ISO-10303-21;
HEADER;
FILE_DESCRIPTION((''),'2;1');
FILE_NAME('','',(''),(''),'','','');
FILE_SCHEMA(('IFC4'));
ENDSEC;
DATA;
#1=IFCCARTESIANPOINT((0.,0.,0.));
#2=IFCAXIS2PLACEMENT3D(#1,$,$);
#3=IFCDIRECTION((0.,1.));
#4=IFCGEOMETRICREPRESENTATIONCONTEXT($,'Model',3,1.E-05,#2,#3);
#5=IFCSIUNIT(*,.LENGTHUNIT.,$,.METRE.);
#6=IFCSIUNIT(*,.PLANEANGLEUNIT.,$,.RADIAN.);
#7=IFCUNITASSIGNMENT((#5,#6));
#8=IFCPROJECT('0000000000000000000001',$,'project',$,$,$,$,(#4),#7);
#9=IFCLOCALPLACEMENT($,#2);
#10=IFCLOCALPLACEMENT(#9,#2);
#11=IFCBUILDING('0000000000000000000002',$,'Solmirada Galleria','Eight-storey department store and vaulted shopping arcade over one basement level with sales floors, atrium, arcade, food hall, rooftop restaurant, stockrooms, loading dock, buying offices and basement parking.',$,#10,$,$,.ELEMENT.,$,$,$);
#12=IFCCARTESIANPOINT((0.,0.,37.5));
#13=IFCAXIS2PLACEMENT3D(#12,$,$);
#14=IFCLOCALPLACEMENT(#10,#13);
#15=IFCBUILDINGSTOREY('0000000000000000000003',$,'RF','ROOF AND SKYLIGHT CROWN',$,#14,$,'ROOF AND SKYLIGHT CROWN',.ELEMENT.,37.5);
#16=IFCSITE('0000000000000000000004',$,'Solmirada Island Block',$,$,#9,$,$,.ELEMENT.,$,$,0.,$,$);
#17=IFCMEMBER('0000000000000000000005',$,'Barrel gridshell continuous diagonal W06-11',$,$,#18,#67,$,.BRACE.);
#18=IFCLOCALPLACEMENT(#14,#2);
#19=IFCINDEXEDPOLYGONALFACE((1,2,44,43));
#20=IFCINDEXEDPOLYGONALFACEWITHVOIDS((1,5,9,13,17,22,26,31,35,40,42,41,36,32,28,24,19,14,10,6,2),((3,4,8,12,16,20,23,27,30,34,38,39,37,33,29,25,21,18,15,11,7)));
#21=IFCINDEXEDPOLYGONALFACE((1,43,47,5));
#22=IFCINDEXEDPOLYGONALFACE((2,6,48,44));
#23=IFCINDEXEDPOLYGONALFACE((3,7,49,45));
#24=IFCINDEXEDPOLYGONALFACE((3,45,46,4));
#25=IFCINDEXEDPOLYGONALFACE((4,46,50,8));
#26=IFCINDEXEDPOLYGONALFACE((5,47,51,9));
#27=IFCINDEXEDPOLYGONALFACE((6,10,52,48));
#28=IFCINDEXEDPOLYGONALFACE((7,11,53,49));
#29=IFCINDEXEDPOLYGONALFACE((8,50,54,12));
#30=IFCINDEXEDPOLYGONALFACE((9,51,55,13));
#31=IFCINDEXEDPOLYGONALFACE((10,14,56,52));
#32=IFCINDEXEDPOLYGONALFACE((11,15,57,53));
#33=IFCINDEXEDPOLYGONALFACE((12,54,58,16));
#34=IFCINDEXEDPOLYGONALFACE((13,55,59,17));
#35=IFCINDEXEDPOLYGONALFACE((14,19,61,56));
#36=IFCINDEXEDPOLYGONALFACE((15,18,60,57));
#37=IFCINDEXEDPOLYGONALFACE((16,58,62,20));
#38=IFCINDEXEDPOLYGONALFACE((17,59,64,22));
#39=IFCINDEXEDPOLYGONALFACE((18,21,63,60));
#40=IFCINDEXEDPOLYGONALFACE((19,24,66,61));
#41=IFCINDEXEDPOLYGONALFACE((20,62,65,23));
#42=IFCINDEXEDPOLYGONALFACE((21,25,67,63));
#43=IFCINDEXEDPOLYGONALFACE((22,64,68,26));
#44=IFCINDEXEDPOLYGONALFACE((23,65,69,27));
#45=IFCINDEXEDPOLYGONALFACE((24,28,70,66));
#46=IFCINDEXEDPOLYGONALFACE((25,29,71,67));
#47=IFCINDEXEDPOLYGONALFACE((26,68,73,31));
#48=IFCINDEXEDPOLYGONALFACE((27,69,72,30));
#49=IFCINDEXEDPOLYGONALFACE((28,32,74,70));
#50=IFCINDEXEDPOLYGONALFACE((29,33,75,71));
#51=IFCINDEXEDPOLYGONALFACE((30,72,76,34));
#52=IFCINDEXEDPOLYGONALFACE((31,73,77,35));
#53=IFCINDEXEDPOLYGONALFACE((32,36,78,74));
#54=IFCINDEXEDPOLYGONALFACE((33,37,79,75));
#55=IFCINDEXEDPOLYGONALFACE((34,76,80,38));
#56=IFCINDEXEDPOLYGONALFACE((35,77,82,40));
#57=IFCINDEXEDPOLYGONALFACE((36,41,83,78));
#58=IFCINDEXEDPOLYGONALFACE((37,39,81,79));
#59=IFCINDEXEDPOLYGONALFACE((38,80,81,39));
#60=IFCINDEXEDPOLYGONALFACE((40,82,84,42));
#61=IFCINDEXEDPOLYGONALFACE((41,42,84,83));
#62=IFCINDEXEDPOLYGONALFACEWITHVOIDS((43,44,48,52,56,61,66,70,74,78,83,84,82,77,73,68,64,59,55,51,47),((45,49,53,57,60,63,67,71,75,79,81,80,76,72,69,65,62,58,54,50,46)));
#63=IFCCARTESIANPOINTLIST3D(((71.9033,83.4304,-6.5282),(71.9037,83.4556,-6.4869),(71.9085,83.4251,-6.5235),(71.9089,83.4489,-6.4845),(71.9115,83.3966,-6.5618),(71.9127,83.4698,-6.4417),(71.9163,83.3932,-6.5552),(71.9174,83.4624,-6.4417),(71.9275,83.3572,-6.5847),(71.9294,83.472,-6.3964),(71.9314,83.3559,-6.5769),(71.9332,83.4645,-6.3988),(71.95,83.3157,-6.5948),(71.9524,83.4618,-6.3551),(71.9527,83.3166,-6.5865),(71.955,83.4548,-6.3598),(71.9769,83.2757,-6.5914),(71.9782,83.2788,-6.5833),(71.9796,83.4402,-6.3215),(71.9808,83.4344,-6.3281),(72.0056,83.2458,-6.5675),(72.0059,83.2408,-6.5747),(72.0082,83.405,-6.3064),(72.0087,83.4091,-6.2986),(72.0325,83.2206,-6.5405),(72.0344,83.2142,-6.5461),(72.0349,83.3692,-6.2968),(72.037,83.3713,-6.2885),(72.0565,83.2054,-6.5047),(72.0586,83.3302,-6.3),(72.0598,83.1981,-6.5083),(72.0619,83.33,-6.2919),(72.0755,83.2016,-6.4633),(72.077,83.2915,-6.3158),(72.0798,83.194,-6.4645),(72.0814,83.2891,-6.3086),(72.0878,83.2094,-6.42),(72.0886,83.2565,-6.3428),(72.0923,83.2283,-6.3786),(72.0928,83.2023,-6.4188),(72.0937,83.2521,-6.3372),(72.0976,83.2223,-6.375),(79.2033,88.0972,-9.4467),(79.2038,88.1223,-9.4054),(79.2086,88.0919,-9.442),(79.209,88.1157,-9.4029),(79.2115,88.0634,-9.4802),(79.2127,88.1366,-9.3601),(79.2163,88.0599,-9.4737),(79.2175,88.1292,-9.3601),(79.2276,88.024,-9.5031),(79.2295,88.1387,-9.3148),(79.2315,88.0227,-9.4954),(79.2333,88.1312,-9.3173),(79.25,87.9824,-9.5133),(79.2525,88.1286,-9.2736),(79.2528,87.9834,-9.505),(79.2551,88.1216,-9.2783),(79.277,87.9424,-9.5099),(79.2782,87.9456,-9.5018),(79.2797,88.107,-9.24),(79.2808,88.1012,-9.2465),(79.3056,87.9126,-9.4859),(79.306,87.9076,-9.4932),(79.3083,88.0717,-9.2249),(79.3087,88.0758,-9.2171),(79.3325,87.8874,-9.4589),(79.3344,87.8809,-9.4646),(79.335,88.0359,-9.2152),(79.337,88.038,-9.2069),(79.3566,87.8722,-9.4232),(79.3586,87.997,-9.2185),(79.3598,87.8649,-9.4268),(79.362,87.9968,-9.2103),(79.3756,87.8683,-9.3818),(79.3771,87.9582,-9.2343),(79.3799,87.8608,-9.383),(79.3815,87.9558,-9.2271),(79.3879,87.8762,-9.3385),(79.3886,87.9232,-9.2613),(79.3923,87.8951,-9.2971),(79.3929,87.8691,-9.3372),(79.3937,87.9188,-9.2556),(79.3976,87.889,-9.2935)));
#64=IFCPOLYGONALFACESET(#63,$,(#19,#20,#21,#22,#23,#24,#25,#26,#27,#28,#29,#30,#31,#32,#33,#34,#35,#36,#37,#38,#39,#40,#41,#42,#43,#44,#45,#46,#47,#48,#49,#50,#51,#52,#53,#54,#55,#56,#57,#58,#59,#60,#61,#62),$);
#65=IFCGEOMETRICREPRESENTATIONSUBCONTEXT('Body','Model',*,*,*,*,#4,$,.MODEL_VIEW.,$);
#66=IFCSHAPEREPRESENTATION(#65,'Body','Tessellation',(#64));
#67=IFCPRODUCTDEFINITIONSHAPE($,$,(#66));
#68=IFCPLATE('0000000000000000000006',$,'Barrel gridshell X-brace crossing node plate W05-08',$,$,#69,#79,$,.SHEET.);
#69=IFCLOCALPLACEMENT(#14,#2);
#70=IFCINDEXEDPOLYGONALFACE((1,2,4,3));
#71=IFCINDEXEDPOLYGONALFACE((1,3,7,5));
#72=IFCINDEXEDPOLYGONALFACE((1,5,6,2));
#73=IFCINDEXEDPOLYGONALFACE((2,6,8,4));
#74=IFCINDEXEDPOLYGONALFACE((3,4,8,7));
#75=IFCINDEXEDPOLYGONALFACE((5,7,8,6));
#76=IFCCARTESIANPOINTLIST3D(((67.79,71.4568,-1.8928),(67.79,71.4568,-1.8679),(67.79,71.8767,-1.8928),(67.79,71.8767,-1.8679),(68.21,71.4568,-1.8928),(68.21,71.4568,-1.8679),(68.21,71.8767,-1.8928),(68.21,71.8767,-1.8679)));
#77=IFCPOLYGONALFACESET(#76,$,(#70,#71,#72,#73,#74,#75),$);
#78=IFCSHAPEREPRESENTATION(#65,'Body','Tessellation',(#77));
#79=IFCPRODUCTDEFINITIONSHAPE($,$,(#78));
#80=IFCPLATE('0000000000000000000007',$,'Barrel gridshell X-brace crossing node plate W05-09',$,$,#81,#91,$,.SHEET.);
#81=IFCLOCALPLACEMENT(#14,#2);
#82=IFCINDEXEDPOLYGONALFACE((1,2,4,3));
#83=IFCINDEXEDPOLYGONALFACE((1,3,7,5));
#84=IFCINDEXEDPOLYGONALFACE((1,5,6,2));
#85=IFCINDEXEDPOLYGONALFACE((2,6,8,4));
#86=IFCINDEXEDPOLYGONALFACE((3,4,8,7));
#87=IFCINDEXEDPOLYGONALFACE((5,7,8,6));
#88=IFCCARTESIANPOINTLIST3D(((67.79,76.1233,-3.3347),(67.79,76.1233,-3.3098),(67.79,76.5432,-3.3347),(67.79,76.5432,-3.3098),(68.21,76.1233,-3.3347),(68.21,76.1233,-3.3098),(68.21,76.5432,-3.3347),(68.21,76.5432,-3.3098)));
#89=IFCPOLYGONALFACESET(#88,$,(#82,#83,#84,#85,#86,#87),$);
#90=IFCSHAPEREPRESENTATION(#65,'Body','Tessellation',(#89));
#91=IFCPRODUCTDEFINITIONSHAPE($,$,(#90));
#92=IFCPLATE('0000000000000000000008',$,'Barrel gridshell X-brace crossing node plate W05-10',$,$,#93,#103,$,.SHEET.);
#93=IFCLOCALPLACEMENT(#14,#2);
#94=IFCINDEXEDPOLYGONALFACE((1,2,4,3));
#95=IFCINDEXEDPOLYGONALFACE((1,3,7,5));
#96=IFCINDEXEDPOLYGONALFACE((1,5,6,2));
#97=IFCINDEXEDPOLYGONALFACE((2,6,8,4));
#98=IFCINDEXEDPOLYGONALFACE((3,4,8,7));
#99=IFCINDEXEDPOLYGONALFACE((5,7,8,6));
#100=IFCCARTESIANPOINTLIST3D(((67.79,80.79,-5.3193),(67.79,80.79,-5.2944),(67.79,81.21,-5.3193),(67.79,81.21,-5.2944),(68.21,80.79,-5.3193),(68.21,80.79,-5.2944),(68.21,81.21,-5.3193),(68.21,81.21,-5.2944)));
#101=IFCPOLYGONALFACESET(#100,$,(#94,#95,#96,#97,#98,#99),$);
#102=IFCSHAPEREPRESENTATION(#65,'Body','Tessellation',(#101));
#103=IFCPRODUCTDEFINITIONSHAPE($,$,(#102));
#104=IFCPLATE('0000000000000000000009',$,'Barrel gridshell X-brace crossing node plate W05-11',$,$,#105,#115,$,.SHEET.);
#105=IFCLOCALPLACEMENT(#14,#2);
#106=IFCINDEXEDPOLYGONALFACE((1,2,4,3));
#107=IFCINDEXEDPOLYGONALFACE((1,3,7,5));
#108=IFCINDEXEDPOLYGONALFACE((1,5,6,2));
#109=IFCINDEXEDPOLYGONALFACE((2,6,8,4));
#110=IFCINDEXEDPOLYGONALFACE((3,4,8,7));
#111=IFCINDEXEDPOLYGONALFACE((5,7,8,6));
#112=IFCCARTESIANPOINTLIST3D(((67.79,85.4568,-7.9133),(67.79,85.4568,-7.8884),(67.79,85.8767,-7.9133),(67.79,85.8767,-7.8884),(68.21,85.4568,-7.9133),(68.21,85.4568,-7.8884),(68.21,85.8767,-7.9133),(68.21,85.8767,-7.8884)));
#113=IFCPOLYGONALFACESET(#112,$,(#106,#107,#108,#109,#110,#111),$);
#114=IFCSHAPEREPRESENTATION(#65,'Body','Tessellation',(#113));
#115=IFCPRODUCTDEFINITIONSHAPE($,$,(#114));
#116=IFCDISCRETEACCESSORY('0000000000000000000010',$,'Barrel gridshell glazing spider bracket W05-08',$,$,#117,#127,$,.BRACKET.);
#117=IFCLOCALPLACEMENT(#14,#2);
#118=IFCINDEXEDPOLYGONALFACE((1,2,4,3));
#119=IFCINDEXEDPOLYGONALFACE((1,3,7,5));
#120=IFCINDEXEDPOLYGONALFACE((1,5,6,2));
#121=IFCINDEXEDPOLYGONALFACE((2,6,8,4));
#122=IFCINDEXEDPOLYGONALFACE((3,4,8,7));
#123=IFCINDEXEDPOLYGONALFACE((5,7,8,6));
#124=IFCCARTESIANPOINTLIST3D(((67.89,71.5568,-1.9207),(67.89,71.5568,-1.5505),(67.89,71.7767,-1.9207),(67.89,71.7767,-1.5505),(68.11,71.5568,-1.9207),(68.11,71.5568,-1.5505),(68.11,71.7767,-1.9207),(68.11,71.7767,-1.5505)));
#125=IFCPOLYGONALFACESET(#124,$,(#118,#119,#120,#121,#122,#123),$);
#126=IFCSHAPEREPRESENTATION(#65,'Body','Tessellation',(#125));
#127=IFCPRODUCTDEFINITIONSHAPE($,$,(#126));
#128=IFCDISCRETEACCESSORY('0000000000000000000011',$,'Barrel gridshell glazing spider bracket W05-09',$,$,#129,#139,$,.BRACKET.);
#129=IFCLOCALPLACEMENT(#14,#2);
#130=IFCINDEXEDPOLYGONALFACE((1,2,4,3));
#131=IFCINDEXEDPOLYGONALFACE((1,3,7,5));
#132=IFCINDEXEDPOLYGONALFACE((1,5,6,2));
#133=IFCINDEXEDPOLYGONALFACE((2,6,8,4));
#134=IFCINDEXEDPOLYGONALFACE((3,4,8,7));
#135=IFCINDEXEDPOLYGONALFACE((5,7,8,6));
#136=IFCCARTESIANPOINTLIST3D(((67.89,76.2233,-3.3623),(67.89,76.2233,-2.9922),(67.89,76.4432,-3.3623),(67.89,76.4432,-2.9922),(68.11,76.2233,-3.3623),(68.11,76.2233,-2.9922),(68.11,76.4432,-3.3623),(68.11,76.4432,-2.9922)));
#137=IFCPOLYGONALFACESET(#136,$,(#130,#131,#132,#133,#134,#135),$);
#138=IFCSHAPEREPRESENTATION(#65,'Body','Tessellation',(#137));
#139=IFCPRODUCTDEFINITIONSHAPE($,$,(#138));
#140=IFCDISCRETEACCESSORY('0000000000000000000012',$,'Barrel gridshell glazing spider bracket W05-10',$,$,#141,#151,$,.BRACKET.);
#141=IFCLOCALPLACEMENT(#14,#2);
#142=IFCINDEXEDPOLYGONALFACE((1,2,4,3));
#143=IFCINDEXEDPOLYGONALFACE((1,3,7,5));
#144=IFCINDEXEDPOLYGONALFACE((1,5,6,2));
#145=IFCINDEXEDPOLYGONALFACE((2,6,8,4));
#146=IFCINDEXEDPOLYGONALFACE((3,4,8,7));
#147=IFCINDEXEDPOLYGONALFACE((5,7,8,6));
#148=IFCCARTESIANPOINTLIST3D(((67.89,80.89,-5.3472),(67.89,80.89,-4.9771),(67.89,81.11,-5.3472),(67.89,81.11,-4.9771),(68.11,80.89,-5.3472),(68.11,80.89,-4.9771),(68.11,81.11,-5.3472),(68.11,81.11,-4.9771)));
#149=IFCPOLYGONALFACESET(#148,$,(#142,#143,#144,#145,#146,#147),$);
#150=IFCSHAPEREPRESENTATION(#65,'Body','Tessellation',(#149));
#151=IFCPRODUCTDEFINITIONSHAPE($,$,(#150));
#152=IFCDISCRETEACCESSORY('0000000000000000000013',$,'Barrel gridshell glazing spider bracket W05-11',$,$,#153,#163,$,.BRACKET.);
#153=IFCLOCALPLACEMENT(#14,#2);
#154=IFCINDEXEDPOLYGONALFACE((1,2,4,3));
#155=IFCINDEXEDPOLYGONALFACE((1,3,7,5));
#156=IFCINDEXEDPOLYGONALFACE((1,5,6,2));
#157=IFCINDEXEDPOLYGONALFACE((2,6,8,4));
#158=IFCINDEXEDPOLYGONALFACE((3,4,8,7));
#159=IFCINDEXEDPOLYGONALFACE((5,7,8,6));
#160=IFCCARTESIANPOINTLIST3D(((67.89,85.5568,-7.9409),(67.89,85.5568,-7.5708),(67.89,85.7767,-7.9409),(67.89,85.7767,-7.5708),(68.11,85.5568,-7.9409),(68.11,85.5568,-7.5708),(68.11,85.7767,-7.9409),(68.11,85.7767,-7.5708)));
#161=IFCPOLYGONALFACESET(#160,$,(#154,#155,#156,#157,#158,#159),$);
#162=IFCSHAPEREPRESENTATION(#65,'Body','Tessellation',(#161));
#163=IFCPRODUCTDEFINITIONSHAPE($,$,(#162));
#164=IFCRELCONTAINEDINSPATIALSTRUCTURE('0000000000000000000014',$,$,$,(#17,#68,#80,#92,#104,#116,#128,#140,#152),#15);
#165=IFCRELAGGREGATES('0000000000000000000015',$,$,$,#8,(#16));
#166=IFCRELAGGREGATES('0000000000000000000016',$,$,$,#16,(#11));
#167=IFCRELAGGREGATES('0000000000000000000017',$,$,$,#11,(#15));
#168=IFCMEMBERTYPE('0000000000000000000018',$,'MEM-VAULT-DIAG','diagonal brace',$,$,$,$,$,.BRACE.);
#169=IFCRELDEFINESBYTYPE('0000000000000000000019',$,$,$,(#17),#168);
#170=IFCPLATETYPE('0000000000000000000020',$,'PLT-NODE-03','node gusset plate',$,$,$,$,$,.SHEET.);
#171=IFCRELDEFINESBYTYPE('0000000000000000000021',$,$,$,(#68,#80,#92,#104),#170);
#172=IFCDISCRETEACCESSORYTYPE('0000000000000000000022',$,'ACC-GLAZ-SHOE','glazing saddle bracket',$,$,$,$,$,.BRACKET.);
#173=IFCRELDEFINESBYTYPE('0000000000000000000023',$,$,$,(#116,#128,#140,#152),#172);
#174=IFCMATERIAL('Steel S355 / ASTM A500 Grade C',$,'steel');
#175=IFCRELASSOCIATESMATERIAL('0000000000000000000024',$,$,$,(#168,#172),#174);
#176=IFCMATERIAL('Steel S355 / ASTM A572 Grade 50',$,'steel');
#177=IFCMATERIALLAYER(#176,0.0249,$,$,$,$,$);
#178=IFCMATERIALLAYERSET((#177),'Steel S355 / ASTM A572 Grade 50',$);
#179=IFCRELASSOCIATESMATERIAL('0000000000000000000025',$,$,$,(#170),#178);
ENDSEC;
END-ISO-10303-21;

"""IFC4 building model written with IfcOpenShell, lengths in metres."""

from ifc_helpers import new_model, si_unit, direction, frame, origin, origin_2d, place, context, subcontext, project, spatial, rectangle, hollow_circle, extrude, material, layer, layer_set, material_profile, profile_set, type_object, element, save


model = new_model("IFC4")

# Units and contexts
model_context = context("Model", 3, precision=1e-05, world=origin(), true_north=direction((0.0, 1.0)))
body_context = subcontext(model_context, "Body", "Model", "MODEL_VIEW")
ifc_project = project(units=[si_unit("LENGTHUNIT", "METRE"), si_unit("PLANEANGLEUNIT", "RADIAN")], contexts=[model_context])

# Site, building, storey
site_placement = place(None, origin())
site = spatial("IfcSite", under=ifc_project, at=site_placement, Name="Solmirada Island Block", CompositionType="ELEMENT", RefElevation=0.0)
building_placement = place(site_placement, origin())
building = spatial("IfcBuilding", under=site, at=building_placement, Name="Solmirada Galleria", Description="Eight-storey department store and vaulted shopping arcade over one basement level with sales floors, atrium, arcade, food hall, rooftop restaurant, stockrooms, loading dock, buying offices and basement parking.", CompositionType="ELEMENT")
storey_placement = place(building_placement, frame((0.0, 0.0, 37.5)))
storey = spatial("IfcBuildingStorey", under=building, at=storey_placement, Name="RF", Description="ROOF AND SKYLIGHT CROWN", LongName="ROOF AND SKYLIGHT CROWN", CompositionType="ELEMENT", Elevation=37.5)

# Member
ifc_material_1 = material(Name="Steel S355 / ASTM A500 Grade C", Category="steel")
ifc_material_profile_1 = material_profile(ifc_material_1, hollow_circle(Radius=0.1621, WallThickness=0.0088, at=origin_2d()), Name="HSS12.750X0.375")
ifc_profile_set_1 = profile_set([ifc_material_profile_1], Name="Steel S355 / ASTM A500 Grade C")
member_type_1 = type_object("IfcMemberType", Name="MEM-VAULT-DIAG", Description="diagonal brace", PredefinedType="BRACE", material=ifc_profile_set_1)
member_1_placement = place(storey_placement, frame((72.0, 83.3333, -6.4417), z_axis=(0.798468, 0.510441, -0.319216), x_axis=(-0.538621, 0.842548, 0.0)))
element("IfcMember", 1, at=member_1_placement, inside=storey, type_object=member_type_1, Name="Barrel gridshell continuous diagonal W06-11", PredefinedType="BRACE", context=body_context, shape_type="SweptSolid", body=[
    extrude(hollow_circle(Radius=0.1621, WallThickness=0.0088, at=origin_2d()), origin(), (0.0, 0.0, 1.0), 9.1426),
])

# Plates
ifc_material_2 = material(Name="Steel S355 / ASTM A572 Grade 50", Category="steel")
ifc_layer = layer(ifc_material_2, 0.0249)
ifc_layer_set = layer_set([ifc_layer], Name="Steel S355 / ASTM A572 Grade 50")
plate_type = type_object("IfcPlateType", Name="PLT-NODE-03", Description="node gusset plate", PredefinedType="SHEET", material=ifc_layer_set)
for number, where, z_axis, x_axis, name in (
    (2, (68.0, 71.6667, -1.8928), (0.0, 0.0, 1.0), (1.0, 0.0, 0.0), "Barrel gridshell X-brace crossing node plate W05-08"),
    (3, (68.0, 76.3333, -3.3347), (0.0, 0.0, 1.0), (1.0, 0.0, 0.0), "Barrel gridshell X-brace crossing node plate W05-09"),
    (4, (68.0, 81.0, -5.3193), (0.0, 0.0, 1.0), (1.0, 0.0, 0.0), "Barrel gridshell X-brace crossing node plate W05-10"),
    (5, (68.0, 85.6667, -7.9133), (0.0, 0.0, 1.0), (1.0, 0.0, 0.0), "Barrel gridshell X-brace crossing node plate W05-11"),
):
    element("IfcPlate", number, at=place(storey_placement, frame(where, z_axis=z_axis, x_axis=x_axis)), inside=storey, type_object=plate_type, Name=name, PredefinedType="SHEET", context=body_context, shape_type="SweptSolid", body=[
        extrude(rectangle(XDim=0.4199, YDim=0.4199, at=origin_2d()), origin(), (0.0, 0.0, 1.0), 0.0249),
    ])

# Discrete accessories
discrete_accessory_type = type_object("IfcDiscreteAccessoryType", Name="ACC-GLAZ-SHOE", Description="glazing saddle bracket", PredefinedType="BRACKET", material=ifc_material_1)
for number, where, z_axis, x_axis, name in (
    (6, (68.0, 71.6667, -1.9207), (0.0, 0.0, 1.0), (1.0, 0.0, 0.0), "Barrel gridshell glazing spider bracket W05-08"),
    (7, (68.0, 76.3333, -3.3623), (0.0, 0.0, 1.0), (1.0, 0.0, 0.0), "Barrel gridshell glazing spider bracket W05-09"),
    (8, (68.0, 81.0, -5.3472), (0.0, 0.0, 1.0), (1.0, 0.0, 0.0), "Barrel gridshell glazing spider bracket W05-10"),
    (9, (68.0, 85.6667, -7.9409), (0.0, 0.0, 1.0), (1.0, 0.0, 0.0), "Barrel gridshell glazing spider bracket W05-11"),
):
    element("IfcDiscreteAccessory", number, at=place(storey_placement, frame(where, z_axis=z_axis, x_axis=x_axis)), inside=storey, type_object=discrete_accessory_type, Name=name, PredefinedType="BRACKET", context=body_context, shape_type="SweptSolid", body=[
        extrude(rectangle(XDim=0.22, YDim=0.22, at=origin_2d()), origin(), (0.0, 0.0, 1.0), 0.3701),
    ])

save(model, "model.ifc")
